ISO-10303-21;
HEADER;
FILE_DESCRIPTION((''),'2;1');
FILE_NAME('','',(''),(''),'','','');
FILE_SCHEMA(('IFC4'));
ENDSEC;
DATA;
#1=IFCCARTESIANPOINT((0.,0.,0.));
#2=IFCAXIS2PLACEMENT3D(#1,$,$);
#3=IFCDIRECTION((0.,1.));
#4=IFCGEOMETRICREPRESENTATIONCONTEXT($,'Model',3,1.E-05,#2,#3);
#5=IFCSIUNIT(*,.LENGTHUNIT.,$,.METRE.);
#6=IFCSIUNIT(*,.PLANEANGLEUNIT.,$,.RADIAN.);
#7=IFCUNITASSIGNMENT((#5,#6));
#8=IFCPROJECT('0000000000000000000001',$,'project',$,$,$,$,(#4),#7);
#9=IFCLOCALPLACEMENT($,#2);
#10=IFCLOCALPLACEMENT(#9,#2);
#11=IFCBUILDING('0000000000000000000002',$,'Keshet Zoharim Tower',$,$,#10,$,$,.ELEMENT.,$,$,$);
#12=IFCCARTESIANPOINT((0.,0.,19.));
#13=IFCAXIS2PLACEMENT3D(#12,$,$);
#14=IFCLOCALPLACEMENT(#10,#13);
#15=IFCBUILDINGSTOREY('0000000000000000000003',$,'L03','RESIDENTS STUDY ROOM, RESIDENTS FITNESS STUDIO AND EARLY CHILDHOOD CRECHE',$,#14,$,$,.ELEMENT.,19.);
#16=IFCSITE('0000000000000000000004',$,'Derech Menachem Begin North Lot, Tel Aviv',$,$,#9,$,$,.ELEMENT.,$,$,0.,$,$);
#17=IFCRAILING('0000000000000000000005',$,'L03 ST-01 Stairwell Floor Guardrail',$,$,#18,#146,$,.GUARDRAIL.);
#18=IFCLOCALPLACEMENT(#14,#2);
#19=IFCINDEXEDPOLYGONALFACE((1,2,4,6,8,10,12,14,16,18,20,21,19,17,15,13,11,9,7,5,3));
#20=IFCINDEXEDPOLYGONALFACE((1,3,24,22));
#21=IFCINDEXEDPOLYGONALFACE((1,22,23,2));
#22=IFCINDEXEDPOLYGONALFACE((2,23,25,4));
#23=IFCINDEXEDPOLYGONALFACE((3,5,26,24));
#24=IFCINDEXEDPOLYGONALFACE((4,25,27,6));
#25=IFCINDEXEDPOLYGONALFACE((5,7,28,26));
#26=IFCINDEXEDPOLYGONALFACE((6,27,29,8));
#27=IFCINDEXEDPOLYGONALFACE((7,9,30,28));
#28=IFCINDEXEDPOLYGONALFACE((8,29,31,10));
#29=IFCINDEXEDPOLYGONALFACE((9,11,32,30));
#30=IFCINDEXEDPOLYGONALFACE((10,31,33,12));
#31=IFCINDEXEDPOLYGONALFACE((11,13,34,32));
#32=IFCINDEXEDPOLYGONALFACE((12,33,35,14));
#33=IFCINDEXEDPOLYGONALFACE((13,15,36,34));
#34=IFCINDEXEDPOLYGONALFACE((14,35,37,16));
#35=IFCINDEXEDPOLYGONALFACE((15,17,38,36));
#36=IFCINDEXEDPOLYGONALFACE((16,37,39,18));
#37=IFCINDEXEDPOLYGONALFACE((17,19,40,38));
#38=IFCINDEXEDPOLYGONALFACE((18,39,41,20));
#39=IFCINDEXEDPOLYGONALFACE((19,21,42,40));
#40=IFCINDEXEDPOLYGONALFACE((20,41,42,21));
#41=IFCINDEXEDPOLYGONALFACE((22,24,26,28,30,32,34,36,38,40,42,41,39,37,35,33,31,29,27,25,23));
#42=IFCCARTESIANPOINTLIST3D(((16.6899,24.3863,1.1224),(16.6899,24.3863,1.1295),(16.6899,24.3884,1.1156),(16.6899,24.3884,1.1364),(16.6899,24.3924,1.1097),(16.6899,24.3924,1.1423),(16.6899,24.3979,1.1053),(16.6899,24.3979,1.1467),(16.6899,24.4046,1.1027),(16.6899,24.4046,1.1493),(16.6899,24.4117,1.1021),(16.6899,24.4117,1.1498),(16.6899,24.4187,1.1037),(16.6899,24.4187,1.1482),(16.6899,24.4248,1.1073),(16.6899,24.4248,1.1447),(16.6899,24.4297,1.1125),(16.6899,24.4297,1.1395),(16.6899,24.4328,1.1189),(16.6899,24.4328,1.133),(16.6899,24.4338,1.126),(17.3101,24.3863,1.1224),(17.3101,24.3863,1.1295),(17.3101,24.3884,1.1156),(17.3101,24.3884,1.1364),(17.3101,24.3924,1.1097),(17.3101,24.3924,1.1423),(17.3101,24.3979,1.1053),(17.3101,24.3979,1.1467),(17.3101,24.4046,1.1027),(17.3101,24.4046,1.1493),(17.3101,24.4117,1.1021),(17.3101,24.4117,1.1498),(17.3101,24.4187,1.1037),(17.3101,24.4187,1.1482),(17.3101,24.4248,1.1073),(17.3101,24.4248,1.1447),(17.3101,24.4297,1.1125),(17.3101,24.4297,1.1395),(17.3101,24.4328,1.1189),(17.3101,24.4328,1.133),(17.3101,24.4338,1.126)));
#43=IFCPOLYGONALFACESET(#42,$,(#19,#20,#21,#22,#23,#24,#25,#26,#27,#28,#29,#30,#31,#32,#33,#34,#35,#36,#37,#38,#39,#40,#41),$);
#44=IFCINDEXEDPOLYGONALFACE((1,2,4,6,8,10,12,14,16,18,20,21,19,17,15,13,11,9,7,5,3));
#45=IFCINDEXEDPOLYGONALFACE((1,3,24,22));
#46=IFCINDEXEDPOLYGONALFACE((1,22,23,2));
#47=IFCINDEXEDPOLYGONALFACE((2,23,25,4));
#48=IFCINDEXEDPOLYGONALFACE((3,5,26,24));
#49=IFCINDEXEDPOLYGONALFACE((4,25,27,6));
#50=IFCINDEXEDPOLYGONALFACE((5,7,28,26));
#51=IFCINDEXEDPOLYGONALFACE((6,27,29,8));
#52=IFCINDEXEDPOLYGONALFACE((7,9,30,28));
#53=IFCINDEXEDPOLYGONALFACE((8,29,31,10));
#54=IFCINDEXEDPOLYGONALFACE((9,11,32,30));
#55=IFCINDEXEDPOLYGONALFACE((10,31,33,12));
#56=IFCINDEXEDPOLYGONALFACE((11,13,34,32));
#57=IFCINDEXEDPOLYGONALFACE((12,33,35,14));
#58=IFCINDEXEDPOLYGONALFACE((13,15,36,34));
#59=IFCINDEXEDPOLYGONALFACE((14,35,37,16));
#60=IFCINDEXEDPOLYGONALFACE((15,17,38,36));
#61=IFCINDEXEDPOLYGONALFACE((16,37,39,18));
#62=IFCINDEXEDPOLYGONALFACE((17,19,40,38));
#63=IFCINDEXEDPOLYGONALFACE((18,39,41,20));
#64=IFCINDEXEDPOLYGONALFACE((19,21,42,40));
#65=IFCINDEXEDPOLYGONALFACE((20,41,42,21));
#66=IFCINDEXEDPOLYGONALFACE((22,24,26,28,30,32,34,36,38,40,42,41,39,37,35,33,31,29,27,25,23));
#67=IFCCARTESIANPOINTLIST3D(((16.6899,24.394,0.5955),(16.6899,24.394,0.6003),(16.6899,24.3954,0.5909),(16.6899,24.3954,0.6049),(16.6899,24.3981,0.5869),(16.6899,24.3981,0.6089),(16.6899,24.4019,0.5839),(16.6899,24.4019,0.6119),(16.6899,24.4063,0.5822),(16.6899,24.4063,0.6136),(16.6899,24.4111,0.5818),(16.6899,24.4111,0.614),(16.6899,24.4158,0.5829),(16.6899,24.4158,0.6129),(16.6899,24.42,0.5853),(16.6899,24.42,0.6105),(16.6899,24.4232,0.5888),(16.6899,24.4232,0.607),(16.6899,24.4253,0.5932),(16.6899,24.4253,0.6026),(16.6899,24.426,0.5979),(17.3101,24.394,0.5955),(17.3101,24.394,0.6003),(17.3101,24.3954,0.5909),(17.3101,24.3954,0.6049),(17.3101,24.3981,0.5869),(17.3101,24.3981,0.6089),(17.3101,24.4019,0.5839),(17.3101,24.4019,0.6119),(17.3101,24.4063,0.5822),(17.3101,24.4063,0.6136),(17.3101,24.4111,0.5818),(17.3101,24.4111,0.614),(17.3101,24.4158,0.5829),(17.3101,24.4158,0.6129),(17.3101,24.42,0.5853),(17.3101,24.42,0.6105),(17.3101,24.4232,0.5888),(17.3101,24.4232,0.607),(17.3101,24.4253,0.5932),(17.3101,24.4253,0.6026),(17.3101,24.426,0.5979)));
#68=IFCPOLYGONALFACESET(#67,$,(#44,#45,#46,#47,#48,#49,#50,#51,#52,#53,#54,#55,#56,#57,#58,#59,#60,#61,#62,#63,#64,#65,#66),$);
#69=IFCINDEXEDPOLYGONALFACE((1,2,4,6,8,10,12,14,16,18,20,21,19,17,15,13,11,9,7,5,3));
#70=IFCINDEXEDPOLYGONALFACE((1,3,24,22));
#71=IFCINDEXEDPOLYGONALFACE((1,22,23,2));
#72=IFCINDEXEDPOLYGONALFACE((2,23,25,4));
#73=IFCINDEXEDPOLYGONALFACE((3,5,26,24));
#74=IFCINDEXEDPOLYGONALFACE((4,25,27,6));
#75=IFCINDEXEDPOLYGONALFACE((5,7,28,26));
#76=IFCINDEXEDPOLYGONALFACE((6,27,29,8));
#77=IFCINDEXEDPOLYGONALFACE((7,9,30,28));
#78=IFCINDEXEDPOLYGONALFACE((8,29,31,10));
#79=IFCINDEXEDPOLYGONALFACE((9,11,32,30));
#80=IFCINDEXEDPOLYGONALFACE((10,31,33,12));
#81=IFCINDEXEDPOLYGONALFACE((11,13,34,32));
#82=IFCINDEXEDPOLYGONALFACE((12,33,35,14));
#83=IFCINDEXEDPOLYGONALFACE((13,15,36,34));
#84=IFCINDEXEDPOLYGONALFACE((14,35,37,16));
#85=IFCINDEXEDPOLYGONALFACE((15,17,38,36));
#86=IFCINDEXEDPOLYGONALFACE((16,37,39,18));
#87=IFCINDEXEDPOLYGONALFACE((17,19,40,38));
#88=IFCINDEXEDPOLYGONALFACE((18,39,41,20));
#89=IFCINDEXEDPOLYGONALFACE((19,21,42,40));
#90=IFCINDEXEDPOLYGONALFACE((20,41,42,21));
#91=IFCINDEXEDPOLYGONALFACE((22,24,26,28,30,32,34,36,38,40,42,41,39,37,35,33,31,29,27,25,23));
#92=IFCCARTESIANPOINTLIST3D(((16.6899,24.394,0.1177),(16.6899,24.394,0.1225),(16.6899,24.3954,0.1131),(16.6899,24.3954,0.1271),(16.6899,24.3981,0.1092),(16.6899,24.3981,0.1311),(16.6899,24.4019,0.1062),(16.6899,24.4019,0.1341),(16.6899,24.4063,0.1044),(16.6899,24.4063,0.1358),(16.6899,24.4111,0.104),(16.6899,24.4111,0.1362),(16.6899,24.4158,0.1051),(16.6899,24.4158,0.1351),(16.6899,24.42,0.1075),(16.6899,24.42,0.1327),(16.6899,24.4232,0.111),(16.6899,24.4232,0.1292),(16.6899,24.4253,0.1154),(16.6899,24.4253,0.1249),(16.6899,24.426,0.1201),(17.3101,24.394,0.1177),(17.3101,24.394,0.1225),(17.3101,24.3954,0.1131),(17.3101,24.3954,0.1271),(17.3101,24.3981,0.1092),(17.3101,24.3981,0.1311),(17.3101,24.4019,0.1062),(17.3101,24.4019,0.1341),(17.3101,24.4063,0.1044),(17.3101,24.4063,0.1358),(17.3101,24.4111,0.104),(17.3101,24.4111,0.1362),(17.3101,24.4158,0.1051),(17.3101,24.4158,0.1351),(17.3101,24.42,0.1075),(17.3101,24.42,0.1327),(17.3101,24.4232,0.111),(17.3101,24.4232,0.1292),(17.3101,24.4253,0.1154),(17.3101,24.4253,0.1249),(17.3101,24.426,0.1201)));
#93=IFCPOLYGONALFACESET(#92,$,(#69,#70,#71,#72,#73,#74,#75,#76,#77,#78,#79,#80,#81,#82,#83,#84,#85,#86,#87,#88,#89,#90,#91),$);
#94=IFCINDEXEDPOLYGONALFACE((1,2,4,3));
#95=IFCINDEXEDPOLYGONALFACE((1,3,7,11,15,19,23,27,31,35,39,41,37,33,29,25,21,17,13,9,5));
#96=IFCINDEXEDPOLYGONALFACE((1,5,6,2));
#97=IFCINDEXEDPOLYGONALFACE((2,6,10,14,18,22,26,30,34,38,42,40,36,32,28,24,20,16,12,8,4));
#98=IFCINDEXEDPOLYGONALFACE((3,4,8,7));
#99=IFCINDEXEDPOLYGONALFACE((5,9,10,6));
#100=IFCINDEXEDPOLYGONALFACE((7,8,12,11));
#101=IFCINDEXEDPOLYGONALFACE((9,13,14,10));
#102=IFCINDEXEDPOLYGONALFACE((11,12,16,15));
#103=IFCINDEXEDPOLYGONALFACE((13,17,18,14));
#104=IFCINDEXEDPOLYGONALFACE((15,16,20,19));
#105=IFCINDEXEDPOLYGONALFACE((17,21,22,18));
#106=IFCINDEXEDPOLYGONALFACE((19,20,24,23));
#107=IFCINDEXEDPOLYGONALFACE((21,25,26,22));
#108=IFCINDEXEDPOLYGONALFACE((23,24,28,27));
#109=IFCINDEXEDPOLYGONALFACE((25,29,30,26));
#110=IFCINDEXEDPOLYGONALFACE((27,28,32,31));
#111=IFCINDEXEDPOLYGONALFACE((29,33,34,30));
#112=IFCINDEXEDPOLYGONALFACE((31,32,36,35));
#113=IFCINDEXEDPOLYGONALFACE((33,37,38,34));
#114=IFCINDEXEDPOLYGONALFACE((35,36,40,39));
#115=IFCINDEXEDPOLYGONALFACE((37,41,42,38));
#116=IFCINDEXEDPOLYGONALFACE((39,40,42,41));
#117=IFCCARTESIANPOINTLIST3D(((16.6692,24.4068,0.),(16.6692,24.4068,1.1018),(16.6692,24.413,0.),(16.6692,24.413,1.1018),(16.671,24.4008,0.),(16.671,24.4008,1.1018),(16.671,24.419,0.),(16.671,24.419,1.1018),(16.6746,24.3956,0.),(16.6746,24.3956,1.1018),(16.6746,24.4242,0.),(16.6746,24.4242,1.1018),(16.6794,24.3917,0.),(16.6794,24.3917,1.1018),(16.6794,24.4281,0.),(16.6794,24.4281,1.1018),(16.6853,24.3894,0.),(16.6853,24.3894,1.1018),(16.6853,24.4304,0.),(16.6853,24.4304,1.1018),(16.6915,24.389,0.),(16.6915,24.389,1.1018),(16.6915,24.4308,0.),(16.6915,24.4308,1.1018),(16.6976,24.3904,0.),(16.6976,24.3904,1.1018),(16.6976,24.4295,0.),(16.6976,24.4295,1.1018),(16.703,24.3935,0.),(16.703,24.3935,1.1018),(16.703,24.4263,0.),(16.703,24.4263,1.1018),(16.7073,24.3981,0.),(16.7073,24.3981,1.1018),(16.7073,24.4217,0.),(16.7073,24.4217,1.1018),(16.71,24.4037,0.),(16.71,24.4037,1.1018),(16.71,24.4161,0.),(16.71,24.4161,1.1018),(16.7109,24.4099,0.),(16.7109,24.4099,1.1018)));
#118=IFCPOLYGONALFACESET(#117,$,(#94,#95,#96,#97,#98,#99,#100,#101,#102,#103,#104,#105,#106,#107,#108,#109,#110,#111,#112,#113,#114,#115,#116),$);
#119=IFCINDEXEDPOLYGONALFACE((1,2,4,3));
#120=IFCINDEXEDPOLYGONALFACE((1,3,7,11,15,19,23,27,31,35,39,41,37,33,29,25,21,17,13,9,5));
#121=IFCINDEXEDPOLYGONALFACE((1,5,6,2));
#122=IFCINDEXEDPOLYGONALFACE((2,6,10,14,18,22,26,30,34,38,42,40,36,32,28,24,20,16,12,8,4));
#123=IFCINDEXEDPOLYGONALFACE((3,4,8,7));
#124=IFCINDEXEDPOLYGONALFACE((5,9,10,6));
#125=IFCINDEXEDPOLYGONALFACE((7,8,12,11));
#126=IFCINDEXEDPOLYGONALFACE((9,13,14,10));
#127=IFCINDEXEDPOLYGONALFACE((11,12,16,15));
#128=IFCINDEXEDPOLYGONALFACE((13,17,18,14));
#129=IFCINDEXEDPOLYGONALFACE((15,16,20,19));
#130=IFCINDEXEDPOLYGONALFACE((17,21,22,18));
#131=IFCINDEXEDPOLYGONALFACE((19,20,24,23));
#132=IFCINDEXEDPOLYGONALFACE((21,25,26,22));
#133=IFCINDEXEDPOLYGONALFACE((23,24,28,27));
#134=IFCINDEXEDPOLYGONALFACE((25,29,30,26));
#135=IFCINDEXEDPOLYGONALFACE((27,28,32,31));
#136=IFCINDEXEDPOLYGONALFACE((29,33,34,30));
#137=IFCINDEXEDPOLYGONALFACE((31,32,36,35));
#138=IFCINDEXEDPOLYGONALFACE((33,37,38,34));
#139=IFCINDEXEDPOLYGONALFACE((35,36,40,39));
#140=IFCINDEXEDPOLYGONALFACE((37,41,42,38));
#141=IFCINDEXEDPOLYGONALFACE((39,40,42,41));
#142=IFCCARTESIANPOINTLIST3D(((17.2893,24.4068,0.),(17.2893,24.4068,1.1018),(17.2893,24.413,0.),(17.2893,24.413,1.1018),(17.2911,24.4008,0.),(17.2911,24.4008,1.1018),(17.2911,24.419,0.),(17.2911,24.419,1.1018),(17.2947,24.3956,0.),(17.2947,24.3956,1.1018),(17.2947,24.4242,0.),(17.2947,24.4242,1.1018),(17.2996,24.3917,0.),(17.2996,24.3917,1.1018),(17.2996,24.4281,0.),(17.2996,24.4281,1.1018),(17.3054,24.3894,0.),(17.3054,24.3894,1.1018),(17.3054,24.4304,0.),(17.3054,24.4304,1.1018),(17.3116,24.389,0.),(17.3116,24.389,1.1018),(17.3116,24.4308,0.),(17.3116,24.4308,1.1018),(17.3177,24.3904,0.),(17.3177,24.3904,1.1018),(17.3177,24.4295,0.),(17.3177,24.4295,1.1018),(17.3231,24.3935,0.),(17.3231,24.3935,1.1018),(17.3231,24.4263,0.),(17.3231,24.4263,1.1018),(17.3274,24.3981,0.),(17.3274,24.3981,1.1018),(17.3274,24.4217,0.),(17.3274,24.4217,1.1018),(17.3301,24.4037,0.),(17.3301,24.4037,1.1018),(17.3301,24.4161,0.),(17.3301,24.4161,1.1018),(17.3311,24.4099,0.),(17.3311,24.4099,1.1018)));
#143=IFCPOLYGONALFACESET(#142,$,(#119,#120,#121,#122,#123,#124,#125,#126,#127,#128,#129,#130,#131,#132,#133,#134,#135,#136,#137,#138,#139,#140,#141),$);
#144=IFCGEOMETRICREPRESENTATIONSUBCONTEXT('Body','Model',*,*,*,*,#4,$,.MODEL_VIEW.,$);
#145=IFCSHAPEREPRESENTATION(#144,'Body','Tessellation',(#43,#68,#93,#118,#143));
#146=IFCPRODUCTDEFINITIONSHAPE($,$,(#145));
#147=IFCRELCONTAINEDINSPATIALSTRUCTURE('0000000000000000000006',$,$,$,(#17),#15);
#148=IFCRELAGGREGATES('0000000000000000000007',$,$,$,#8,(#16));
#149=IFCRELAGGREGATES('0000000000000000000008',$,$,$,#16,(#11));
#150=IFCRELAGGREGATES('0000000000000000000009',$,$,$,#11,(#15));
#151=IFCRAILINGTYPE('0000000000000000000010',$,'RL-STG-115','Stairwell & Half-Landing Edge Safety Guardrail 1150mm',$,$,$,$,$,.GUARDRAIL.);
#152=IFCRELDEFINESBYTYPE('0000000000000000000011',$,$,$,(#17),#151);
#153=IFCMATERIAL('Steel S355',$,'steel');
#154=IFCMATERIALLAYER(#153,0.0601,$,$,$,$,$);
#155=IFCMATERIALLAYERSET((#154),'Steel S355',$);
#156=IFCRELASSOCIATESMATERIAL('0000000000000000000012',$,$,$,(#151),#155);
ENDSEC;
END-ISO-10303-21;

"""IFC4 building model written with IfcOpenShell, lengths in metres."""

from ifc_helpers import new_model, si_unit, direction, frame, origin, origin_2d, place, context, subcontext, project, spatial, circle, extrude, material, layer, layer_set, type_object, element, save


model = new_model("IFC4")

# Units and contexts
model_context = context("Model", 3, precision=1e-05, world=origin(), true_north=direction((0.0, 1.0)))
body_context = subcontext(model_context, "Body", "Model", "MODEL_VIEW")
ifc_project = project(units=[si_unit("LENGTHUNIT", "METRE"), si_unit("PLANEANGLEUNIT", "RADIAN")], contexts=[model_context])

# Site, building, storey
site_placement = place(None, origin())
site = spatial("IfcSite", under=ifc_project, at=site_placement, Name="Derech Menachem Begin North Lot, Tel Aviv", CompositionType="ELEMENT", RefElevation=0.0)
building_placement = place(site_placement, origin())
building = spatial("IfcBuilding", under=site, at=building_placement, Name="Keshet Zoharim Tower", CompositionType="ELEMENT")
storey_placement = place(building_placement, frame((0.0, 0.0, 19.0)))
storey = spatial("IfcBuildingStorey", under=building, at=storey_placement, Name="L03", Description="RESIDENTS STUDY ROOM, RESIDENTS FITNESS STUDIO AND EARLY CHILDHOOD CRECHE", CompositionType="ELEMENT", Elevation=19.0)

# Shared definitions
ifc_material_1 = material(Name="Steel S355", Category="steel")

# Railing
ifc_layer_1 = layer(ifc_material_1, 0.0601)
ifc_layer_set_1 = layer_set([ifc_layer_1], Name="Steel S355")
railing_type = type_object("IfcRailingType", Name="RL-STG-115", Description="Stairwell & Half-Landing Edge Safety Guardrail 1150mm", PredefinedType="GUARDRAIL", material=ifc_layer_set_1)
railing_placement = place(storey_placement, frame((16.6899, 24.4099, 0.0)))
element("IfcRailing", 1, at=railing_placement, inside=storey, type_object=railing_type, Name="L03 ST-01 Stairwell Floor Guardrail", PredefinedType="GUARDRAIL", context=body_context, shape_type="SweptSolid", body=[
    extrude(circle(Radius=0.0239, at=origin_2d()), frame((0.0, 0.0, 1.126), z_axis=(1.0, 0.0, 0.0), x_axis=(0.0, 1.0, 0.0)), (0.0, 0.0, 1.0), 0.6201),
    extrude(circle(Radius=0.0161, at=origin_2d()), frame((0.0, 0.0, 0.5979), z_axis=(1.0, 0.0, 0.0), x_axis=(0.0, 1.0, 0.0)), (0.0, 0.0, 1.0), 0.6201),
    extrude(circle(Radius=0.0161, at=origin_2d()), frame((0.0, 0.0, 0.1201), z_axis=(1.0, 0.0, 0.0), x_axis=(0.0, 1.0, 0.0)), (0.0, 0.0, 1.0), 0.6201),
    extrude(circle(Radius=0.021, at=origin_2d()), origin(), (0.0, 0.0, 1.0), 1.1018),
    extrude(circle(Radius=0.021, at=origin_2d()), frame((0.6201, 0.0, 0.0)), (0.0, 0.0, 1.0), 1.1018),
])

save(model, "model.ifc")
